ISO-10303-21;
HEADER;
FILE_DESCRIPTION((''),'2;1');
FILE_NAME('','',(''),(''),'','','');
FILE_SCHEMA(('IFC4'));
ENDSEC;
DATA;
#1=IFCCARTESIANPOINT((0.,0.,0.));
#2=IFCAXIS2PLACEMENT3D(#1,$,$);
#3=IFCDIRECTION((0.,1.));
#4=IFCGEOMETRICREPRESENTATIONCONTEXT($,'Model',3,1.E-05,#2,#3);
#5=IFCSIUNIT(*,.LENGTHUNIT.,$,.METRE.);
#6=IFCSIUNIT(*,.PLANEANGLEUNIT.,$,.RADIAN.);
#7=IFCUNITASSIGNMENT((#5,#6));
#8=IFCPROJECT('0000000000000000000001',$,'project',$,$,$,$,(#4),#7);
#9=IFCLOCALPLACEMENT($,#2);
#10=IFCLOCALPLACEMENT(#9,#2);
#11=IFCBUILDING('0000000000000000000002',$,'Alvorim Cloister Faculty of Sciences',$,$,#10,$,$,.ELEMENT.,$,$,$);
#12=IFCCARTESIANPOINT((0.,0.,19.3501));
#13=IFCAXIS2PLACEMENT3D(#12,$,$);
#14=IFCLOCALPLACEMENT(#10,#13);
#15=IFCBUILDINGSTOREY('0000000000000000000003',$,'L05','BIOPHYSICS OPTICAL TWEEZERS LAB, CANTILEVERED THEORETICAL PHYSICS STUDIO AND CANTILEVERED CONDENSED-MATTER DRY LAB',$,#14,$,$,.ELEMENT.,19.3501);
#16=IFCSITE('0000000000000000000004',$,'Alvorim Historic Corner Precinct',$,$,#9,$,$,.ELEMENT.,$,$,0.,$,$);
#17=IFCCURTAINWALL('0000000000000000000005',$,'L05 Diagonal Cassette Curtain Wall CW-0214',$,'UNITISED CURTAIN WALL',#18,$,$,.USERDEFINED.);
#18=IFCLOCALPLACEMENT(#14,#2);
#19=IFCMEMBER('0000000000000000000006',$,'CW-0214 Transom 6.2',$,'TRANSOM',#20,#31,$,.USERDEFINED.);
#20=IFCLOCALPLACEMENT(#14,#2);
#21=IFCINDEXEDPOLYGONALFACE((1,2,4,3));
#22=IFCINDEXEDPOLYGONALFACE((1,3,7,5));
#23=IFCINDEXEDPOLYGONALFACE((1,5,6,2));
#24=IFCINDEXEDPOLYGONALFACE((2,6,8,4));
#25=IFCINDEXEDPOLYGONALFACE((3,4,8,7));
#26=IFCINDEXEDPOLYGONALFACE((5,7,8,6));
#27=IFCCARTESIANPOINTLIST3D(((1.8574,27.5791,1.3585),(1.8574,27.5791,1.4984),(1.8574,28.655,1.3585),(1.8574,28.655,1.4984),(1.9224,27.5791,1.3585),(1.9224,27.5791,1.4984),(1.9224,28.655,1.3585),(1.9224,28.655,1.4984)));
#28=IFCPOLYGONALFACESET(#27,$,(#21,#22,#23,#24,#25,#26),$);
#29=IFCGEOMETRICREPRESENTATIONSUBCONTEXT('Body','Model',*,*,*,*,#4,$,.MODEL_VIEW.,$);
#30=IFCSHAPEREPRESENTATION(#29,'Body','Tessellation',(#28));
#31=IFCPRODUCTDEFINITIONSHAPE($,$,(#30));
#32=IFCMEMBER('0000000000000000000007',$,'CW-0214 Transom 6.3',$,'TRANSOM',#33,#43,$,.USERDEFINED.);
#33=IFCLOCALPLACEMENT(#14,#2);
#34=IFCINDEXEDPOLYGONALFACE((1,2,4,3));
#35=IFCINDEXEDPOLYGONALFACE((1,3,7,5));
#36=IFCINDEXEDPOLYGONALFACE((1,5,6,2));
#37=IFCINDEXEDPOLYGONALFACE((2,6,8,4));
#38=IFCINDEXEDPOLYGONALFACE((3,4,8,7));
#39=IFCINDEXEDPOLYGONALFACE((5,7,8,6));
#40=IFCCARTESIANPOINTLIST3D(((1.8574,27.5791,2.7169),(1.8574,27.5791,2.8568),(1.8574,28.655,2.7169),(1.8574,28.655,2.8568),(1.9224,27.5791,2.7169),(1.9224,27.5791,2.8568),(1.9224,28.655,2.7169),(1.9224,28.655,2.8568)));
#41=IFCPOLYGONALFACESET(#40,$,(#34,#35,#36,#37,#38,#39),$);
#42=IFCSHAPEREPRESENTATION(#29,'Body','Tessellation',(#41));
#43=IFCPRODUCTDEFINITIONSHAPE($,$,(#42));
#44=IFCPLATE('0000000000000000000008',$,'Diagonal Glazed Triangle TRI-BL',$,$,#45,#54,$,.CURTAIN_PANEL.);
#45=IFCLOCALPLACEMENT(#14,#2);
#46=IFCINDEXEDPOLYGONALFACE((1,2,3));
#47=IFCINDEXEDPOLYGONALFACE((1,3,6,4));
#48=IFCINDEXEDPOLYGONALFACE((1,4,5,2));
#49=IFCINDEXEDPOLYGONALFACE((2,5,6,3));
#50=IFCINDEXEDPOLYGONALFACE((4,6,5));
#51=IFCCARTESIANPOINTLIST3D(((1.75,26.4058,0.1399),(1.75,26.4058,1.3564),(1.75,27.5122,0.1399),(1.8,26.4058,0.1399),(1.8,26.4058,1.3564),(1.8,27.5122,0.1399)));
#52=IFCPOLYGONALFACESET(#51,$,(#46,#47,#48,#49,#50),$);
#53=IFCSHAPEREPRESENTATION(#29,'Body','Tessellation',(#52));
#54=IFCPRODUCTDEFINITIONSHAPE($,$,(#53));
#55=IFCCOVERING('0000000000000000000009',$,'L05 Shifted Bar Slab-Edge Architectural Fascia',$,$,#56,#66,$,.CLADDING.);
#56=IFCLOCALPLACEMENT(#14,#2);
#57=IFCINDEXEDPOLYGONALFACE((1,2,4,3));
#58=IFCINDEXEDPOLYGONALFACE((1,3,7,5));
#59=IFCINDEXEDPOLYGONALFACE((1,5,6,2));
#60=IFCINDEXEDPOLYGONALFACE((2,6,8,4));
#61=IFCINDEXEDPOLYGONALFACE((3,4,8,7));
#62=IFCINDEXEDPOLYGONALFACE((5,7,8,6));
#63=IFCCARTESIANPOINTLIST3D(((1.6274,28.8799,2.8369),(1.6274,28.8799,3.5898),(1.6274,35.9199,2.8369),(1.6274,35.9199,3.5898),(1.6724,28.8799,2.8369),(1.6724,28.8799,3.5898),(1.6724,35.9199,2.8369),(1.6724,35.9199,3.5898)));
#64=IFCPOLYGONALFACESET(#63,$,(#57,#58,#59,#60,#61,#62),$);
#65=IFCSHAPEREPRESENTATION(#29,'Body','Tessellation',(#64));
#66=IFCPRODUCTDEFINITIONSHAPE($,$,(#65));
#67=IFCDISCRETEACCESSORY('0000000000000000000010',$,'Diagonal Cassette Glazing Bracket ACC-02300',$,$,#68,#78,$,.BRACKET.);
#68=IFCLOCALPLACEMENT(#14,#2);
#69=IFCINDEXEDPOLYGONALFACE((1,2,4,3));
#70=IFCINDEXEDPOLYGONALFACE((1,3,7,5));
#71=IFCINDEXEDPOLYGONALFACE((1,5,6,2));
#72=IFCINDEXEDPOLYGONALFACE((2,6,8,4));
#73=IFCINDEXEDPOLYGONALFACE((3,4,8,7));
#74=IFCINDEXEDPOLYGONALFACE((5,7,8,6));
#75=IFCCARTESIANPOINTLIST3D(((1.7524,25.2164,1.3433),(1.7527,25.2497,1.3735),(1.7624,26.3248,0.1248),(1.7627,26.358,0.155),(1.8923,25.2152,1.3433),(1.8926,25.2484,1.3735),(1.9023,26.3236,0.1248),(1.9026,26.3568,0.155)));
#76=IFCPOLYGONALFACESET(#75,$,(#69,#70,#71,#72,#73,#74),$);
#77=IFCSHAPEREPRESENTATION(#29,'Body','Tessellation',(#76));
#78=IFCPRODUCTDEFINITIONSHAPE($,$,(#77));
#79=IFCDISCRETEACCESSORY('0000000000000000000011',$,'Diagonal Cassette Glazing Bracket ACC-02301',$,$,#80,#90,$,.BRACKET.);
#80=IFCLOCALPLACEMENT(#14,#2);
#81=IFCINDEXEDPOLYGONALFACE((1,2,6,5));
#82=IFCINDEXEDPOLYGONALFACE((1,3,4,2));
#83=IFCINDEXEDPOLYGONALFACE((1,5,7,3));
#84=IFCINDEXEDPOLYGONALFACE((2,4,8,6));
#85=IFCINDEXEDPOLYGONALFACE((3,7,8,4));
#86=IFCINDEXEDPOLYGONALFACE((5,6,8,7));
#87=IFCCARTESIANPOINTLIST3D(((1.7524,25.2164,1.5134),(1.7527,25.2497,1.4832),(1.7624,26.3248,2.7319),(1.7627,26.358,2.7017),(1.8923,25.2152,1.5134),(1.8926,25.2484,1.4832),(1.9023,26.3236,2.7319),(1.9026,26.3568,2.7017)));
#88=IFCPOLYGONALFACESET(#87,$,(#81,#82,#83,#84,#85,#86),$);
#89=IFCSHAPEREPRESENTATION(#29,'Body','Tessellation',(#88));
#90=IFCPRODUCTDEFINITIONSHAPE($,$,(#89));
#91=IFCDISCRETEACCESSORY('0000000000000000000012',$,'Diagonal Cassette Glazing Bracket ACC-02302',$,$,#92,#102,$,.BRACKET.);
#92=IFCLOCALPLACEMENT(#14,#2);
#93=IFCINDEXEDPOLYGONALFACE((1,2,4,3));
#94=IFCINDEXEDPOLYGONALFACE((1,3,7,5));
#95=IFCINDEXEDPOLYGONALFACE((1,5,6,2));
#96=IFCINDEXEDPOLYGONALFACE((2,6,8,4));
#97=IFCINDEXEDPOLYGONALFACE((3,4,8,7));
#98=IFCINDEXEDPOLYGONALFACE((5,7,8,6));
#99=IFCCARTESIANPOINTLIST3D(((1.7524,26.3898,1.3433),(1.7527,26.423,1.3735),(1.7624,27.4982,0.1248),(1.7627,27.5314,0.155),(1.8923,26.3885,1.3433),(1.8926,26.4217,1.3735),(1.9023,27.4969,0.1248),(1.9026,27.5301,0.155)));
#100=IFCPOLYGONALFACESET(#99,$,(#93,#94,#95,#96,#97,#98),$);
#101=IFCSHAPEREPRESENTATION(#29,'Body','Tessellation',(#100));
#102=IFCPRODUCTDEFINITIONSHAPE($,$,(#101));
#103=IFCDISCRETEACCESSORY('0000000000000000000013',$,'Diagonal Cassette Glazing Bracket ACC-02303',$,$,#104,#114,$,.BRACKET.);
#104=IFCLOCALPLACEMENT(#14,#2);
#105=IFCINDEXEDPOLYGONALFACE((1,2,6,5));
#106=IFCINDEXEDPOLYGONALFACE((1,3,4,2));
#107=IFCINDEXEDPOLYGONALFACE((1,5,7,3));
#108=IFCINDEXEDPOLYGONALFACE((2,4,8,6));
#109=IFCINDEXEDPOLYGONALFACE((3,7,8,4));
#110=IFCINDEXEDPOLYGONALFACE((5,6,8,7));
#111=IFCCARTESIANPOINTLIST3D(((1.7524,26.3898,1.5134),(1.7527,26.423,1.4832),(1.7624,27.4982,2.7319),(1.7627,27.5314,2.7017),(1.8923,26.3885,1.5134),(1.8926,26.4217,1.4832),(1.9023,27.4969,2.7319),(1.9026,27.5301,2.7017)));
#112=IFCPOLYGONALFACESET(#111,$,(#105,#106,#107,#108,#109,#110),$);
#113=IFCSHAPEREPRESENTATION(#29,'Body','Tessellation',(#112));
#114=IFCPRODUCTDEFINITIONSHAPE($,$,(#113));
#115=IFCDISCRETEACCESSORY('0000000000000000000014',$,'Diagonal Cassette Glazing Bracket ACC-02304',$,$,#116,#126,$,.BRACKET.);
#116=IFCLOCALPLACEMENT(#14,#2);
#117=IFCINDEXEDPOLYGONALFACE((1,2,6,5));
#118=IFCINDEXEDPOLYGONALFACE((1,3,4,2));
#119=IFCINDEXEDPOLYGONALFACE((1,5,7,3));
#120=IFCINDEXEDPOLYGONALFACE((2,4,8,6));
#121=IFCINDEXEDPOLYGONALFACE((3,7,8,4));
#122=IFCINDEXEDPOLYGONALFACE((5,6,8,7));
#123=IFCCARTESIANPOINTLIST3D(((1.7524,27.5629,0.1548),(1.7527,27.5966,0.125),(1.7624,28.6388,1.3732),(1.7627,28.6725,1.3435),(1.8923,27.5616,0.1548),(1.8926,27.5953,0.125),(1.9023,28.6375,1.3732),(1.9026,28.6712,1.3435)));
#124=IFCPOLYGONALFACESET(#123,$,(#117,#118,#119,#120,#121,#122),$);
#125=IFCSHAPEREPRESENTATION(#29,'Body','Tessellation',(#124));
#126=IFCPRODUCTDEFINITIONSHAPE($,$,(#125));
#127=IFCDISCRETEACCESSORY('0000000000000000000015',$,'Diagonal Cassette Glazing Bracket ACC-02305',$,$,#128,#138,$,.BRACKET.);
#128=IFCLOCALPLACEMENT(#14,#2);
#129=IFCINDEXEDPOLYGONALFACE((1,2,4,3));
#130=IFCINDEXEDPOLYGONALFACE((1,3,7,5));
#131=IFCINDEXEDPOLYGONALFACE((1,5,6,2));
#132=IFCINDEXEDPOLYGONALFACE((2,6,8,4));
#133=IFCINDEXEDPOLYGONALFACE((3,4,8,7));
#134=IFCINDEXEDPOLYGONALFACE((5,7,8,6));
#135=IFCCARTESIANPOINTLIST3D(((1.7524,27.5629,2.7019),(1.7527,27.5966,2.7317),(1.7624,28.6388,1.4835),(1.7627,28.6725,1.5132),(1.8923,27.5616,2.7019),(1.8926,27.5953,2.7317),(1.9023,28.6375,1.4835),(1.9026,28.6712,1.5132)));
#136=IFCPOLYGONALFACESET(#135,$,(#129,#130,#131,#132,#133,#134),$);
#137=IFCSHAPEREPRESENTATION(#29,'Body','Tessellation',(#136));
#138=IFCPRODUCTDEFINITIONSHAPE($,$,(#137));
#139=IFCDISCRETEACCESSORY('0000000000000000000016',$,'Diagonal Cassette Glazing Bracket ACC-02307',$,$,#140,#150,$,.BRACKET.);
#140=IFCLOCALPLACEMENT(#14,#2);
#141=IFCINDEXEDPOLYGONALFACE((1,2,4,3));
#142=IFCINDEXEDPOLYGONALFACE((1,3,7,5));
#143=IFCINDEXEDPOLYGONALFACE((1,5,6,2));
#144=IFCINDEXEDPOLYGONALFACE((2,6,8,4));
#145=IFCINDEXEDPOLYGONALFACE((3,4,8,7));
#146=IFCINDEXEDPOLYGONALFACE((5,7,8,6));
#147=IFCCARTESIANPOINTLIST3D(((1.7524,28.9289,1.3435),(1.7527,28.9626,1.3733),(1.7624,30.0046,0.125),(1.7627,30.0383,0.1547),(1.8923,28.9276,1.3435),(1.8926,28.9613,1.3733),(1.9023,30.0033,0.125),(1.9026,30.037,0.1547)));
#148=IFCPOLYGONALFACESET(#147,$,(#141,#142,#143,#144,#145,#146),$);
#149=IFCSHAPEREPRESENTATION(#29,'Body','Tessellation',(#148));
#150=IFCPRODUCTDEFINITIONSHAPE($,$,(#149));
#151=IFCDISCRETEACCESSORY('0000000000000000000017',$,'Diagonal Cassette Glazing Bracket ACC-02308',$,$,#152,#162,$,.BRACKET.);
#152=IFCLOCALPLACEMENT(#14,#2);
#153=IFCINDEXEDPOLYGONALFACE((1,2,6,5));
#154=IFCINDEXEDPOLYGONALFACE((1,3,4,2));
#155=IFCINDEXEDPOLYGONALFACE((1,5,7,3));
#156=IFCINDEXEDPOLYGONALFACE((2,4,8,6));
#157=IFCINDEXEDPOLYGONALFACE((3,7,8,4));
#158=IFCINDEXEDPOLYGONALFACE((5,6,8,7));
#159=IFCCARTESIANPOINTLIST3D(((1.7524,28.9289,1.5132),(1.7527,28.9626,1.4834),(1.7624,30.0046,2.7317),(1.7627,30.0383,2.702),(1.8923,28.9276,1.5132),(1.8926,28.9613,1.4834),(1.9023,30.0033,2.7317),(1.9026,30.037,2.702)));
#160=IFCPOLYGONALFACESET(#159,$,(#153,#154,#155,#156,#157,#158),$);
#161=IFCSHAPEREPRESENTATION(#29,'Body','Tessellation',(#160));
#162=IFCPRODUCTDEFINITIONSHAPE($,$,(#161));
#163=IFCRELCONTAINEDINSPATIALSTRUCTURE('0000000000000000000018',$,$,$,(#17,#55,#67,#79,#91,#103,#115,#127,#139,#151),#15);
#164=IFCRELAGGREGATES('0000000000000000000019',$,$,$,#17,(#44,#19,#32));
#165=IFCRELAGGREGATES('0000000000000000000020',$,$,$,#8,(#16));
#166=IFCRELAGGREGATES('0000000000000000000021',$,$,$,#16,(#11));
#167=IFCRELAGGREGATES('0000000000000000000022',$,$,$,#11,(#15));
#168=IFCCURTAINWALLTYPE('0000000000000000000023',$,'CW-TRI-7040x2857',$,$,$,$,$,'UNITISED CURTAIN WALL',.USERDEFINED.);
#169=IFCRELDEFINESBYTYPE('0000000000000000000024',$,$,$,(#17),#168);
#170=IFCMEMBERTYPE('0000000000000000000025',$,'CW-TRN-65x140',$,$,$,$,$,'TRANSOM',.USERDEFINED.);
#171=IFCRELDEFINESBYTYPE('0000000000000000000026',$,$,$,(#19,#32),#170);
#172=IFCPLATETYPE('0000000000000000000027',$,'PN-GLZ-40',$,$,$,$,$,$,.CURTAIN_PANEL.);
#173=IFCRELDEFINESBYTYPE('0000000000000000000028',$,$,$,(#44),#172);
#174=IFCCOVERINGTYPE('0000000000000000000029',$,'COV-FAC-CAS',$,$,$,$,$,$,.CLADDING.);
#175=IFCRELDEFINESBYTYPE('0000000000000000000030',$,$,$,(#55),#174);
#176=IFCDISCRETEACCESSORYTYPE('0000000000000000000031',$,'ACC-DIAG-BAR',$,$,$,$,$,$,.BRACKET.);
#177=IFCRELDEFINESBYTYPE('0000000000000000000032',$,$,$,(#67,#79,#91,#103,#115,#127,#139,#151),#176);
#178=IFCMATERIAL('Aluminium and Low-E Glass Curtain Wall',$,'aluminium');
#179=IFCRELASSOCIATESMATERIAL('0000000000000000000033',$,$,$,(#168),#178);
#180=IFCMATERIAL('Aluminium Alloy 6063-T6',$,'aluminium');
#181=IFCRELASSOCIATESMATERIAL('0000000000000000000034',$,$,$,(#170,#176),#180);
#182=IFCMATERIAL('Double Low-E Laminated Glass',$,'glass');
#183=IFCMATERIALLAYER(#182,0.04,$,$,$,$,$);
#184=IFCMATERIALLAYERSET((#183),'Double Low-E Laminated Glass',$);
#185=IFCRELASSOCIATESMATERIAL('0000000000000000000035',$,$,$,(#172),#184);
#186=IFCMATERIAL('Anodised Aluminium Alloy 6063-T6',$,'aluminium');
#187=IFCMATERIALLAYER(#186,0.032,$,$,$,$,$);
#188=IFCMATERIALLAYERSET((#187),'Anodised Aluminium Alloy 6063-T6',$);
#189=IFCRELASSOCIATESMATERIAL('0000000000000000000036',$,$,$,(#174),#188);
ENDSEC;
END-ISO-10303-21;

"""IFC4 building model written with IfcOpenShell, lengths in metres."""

from ifc_helpers import new_model, si_unit, direction, frame, origin, origin_2d, place, context, subcontext, project, spatial, polyline, rectangle, outline, extrude, material, layer, layer_set, material_profile, profile_set, type_object, element, aggregate, save


model = new_model("IFC4")

# Units and contexts
model_context = context("Model", 3, precision=1e-05, world=origin(), true_north=direction((0.0, 1.0)))
body_context = subcontext(model_context, "Body", "Model", "MODEL_VIEW")
ifc_project = project(units=[si_unit("LENGTHUNIT", "METRE"), si_unit("PLANEANGLEUNIT", "RADIAN")], contexts=[model_context])

# Site, building, storey
site_placement = place(None, origin())
site = spatial("IfcSite", under=ifc_project, at=site_placement, Name="Alvorim Historic Corner Precinct", CompositionType="ELEMENT", RefElevation=0.0)
building_placement = place(site_placement, origin())
building = spatial("IfcBuilding", under=site, at=building_placement, Name="Alvorim Cloister Faculty of Sciences", CompositionType="ELEMENT")
storey_placement = place(building_placement, frame((0.0, 0.0, 19.3501)))
storey = spatial("IfcBuildingStorey", under=building, at=storey_placement, Name="L05", Description="BIOPHYSICS OPTICAL TWEEZERS LAB, CANTILEVERED THEORETICAL PHYSICS STUDIO AND CANTILEVERED CONDENSED-MATTER DRY LAB", CompositionType="ELEMENT", Elevation=19.3501)

# Curtain wall
ifc_material_1 = material(Name="Aluminium and Low-E Glass Curtain Wall", Category="aluminium")
curtain_wall_type = type_object("IfcCurtainWallType", Name="CW-TRI-7040x2857", ElementType="UNITISED CURTAIN WALL", PredefinedType="USERDEFINED", material=ifc_material_1)
curtain_wall_1_placement = place(storey_placement, origin())
curtain_wall_1 = element("IfcCurtainWall", 1, at=curtain_wall_1_placement, inside=storey, type_object=curtain_wall_type, Name="L05 Diagonal Cassette Curtain Wall CW-0214", ObjectType="UNITISED CURTAIN WALL", PredefinedType="USERDEFINED")
ifc_material_2 = material(Name="Aluminium Alloy 6063-T6", Category="aluminium")

# Members
ifc_material_profile_1 = material_profile(ifc_material_2, rectangle(XDim=0.0649, YDim=0.1399, at=origin_2d()), Name="ALU-TRN-65x140")
ifc_profile_set_1 = profile_set([ifc_material_profile_1], Name="Aluminium Alloy 6063-T6")
member_type_1 = type_object("IfcMemberType", Name="CW-TRN-65x140", ElementType="TRANSOM", PredefinedType="USERDEFINED", material=ifc_profile_set_1)
member_1_placement = place(storey_placement, frame((1.8899, 27.5791, 1.4285), z_axis=(0.0, 1.0, 0.0), x_axis=(-1.0, 0.0, 0.0)))
member_1 = element("IfcMember", 2, at=member_1_placement, type_object=member_type_1, Name="CW-0214 Transom 6.2", ObjectType="TRANSOM", PredefinedType="USERDEFINED", context=body_context, shape_type="SweptSolid", body=[
    extrude(rectangle(XDim=0.0649, YDim=0.1399, at=origin_2d()), origin(), (0.0, 0.0, 1.0), 1.0759),
])
member_2_placement = place(storey_placement, frame((1.8899, 27.5791, 2.7869), z_axis=(0.0, 1.0, 0.0), x_axis=(-1.0, 0.0, 0.0)))
member_2 = element("IfcMember", 3, at=member_2_placement, type_object=member_type_1, Name="CW-0214 Transom 6.3", ObjectType="TRANSOM", PredefinedType="USERDEFINED", context=body_context, shape_type="SweptSolid", body=[
    extrude(rectangle(XDim=0.0649, YDim=0.1399, at=origin_2d()), origin(), (0.0, 0.0, 1.0), 1.0759),
])

# Plate
ifc_material_3 = material(Name="Double Low-E Laminated Glass", Category="glass")
ifc_layer_1 = layer(ifc_material_3, 0.04)
ifc_layer_set_1 = layer_set([ifc_layer_1], Name="Double Low-E Laminated Glass")
plate_type = type_object("IfcPlateType", Name="PN-GLZ-40", PredefinedType="CURTAIN_PANEL", material=ifc_layer_set_1)
plate_1_placement = place(storey_placement, frame((1.7749, 26.4058, 0.1399), z_axis=(0.0, 0.0, 1.0), x_axis=(0.0, 1.0, 0.0)))
plate_1 = element("IfcPlate", 4, at=plate_1_placement, type_object=plate_type, Name="Diagonal Glazed Triangle TRI-BL", PredefinedType="CURTAIN_PANEL", context=body_context, shape_type="SweptSolid", body=[
    extrude(outline(polyline([(0.0, 0.0), (1.1064, 0.0), (0.0, 1.2166), (0.0, 0.0)])), frame((0.0, 0.0249, 0.0), z_axis=(0.0, -1.0, 0.0), x_axis=(1.0, 0.0, 0.0)), (0.0, 0.0, 1.0), 0.05),
])
aggregate(curtain_wall_1, [plate_1, member_1, member_2])

# Covering
ifc_material_4 = material(Name="Anodised Aluminium Alloy 6063-T6", Category="aluminium")
ifc_layer_2 = layer(ifc_material_4, 0.032)
ifc_layer_set_2 = layer_set([ifc_layer_2], Name="Anodised Aluminium Alloy 6063-T6")
covering_type = type_object("IfcCoveringType", Name="COV-FAC-CAS", PredefinedType="CLADDING", material=ifc_layer_set_2)
covering_placement = place(storey_placement, frame((1.6499, 28.8799, 2.8369), z_axis=(0.0, 0.0, 1.0), x_axis=(0.0, 1.0, 0.0)))
element("IfcCovering", 5, at=covering_placement, inside=storey, type_object=covering_type, Name="L05 Shifted Bar Slab-Edge Architectural Fascia", PredefinedType="CLADDING", context=body_context, shape_type="SweptSolid", body=[
    extrude(outline(polyline([(0.0, 0.0), (7.04, 0.0), (7.04, 0.7529), (0.0, 0.7529), (0.0, 0.0)])), frame((0.0, 0.0225, 0.0), z_axis=(0.0, -1.0, 0.0), x_axis=(1.0, 0.0, 0.0)), (0.0, 0.0, 1.0), 0.0449),
])

# Discrete accessories
discrete_accessory_type = type_object("IfcDiscreteAccessoryType", Name="ACC-DIAG-BAR", PredefinedType="BRACKET", material=ifc_material_2)
for number, where, z_axis, x_axis, name in (
    (6, (1.8225, 25.2324, 1.3584), (0.006077, 0.672882, -0.739725), (-0.999959, 0.00903, 0.0), "Diagonal Cassette Glazing Bracket ACC-02300"),
    (7, (1.8225, 25.2324, 1.4983), (0.006077, 0.672882, 0.739725), (-0.999959, 0.00903, 0.0), "Diagonal Cassette Glazing Bracket ACC-02301"),
    (8, (1.8225, 26.4058, 1.3584), (0.006077, 0.672882, -0.739725), (-0.999959, 0.00903, 0.0), "Diagonal Cassette Glazing Bracket ACC-02302"),
    (9, (1.8225, 26.4058, 1.4983), (0.006077, 0.672882, 0.739725), (-0.999959, 0.00903, 0.0), "Diagonal Cassette Glazing Bracket ACC-02303"),
):
    element("IfcDiscreteAccessory", number, at=place(storey_placement, frame(where, z_axis=z_axis, x_axis=x_axis)), inside=storey, type_object=discrete_accessory_type, Name=name, PredefinedType="BRACKET", context=body_context, shape_type="SweptSolid", body=[
        extrude(rectangle(XDim=0.1399, YDim=0.0449, at=origin_2d()), origin(), (0.0, 0.0, 1.0), 1.6472),
    ])
for number, where, z_axis, x_axis, name in (
    (10, (1.8225, 27.5791, 0.1399), (0.006158, 0.661877, 0.749587), (-0.999957, 0.009303, 0.0), "Diagonal Cassette Glazing Bracket ACC-02304"),
    (11, (1.8225, 27.5791, 2.7168), (0.006158, 0.661877, -0.749587), (-0.999957, 0.009303, 0.0), "Diagonal Cassette Glazing Bracket ACC-02305"),
    (12, (1.8225, 28.9451, 1.3584), (0.006158, 0.661793, -0.749661), (-0.999957, 0.009305, 0.0), "Diagonal Cassette Glazing Bracket ACC-02307"),
    (13, (1.8225, 28.9451, 1.4983), (0.006158, 0.661793, 0.749661), (-0.999957, 0.009305, 0.0), "Diagonal Cassette Glazing Bracket ACC-02308"),
):
    element("IfcDiscreteAccessory", number, at=place(storey_placement, frame(where, z_axis=z_axis, x_axis=x_axis)), inside=storey, type_object=discrete_accessory_type, Name=name, PredefinedType="BRACKET", context=body_context, shape_type="SweptSolid", body=[
        extrude(rectangle(XDim=0.1399, YDim=0.0449, at=origin_2d()), origin(), (0.0, 0.0, 1.0), 1.6255),
    ])

save(model, "model.ifc")
